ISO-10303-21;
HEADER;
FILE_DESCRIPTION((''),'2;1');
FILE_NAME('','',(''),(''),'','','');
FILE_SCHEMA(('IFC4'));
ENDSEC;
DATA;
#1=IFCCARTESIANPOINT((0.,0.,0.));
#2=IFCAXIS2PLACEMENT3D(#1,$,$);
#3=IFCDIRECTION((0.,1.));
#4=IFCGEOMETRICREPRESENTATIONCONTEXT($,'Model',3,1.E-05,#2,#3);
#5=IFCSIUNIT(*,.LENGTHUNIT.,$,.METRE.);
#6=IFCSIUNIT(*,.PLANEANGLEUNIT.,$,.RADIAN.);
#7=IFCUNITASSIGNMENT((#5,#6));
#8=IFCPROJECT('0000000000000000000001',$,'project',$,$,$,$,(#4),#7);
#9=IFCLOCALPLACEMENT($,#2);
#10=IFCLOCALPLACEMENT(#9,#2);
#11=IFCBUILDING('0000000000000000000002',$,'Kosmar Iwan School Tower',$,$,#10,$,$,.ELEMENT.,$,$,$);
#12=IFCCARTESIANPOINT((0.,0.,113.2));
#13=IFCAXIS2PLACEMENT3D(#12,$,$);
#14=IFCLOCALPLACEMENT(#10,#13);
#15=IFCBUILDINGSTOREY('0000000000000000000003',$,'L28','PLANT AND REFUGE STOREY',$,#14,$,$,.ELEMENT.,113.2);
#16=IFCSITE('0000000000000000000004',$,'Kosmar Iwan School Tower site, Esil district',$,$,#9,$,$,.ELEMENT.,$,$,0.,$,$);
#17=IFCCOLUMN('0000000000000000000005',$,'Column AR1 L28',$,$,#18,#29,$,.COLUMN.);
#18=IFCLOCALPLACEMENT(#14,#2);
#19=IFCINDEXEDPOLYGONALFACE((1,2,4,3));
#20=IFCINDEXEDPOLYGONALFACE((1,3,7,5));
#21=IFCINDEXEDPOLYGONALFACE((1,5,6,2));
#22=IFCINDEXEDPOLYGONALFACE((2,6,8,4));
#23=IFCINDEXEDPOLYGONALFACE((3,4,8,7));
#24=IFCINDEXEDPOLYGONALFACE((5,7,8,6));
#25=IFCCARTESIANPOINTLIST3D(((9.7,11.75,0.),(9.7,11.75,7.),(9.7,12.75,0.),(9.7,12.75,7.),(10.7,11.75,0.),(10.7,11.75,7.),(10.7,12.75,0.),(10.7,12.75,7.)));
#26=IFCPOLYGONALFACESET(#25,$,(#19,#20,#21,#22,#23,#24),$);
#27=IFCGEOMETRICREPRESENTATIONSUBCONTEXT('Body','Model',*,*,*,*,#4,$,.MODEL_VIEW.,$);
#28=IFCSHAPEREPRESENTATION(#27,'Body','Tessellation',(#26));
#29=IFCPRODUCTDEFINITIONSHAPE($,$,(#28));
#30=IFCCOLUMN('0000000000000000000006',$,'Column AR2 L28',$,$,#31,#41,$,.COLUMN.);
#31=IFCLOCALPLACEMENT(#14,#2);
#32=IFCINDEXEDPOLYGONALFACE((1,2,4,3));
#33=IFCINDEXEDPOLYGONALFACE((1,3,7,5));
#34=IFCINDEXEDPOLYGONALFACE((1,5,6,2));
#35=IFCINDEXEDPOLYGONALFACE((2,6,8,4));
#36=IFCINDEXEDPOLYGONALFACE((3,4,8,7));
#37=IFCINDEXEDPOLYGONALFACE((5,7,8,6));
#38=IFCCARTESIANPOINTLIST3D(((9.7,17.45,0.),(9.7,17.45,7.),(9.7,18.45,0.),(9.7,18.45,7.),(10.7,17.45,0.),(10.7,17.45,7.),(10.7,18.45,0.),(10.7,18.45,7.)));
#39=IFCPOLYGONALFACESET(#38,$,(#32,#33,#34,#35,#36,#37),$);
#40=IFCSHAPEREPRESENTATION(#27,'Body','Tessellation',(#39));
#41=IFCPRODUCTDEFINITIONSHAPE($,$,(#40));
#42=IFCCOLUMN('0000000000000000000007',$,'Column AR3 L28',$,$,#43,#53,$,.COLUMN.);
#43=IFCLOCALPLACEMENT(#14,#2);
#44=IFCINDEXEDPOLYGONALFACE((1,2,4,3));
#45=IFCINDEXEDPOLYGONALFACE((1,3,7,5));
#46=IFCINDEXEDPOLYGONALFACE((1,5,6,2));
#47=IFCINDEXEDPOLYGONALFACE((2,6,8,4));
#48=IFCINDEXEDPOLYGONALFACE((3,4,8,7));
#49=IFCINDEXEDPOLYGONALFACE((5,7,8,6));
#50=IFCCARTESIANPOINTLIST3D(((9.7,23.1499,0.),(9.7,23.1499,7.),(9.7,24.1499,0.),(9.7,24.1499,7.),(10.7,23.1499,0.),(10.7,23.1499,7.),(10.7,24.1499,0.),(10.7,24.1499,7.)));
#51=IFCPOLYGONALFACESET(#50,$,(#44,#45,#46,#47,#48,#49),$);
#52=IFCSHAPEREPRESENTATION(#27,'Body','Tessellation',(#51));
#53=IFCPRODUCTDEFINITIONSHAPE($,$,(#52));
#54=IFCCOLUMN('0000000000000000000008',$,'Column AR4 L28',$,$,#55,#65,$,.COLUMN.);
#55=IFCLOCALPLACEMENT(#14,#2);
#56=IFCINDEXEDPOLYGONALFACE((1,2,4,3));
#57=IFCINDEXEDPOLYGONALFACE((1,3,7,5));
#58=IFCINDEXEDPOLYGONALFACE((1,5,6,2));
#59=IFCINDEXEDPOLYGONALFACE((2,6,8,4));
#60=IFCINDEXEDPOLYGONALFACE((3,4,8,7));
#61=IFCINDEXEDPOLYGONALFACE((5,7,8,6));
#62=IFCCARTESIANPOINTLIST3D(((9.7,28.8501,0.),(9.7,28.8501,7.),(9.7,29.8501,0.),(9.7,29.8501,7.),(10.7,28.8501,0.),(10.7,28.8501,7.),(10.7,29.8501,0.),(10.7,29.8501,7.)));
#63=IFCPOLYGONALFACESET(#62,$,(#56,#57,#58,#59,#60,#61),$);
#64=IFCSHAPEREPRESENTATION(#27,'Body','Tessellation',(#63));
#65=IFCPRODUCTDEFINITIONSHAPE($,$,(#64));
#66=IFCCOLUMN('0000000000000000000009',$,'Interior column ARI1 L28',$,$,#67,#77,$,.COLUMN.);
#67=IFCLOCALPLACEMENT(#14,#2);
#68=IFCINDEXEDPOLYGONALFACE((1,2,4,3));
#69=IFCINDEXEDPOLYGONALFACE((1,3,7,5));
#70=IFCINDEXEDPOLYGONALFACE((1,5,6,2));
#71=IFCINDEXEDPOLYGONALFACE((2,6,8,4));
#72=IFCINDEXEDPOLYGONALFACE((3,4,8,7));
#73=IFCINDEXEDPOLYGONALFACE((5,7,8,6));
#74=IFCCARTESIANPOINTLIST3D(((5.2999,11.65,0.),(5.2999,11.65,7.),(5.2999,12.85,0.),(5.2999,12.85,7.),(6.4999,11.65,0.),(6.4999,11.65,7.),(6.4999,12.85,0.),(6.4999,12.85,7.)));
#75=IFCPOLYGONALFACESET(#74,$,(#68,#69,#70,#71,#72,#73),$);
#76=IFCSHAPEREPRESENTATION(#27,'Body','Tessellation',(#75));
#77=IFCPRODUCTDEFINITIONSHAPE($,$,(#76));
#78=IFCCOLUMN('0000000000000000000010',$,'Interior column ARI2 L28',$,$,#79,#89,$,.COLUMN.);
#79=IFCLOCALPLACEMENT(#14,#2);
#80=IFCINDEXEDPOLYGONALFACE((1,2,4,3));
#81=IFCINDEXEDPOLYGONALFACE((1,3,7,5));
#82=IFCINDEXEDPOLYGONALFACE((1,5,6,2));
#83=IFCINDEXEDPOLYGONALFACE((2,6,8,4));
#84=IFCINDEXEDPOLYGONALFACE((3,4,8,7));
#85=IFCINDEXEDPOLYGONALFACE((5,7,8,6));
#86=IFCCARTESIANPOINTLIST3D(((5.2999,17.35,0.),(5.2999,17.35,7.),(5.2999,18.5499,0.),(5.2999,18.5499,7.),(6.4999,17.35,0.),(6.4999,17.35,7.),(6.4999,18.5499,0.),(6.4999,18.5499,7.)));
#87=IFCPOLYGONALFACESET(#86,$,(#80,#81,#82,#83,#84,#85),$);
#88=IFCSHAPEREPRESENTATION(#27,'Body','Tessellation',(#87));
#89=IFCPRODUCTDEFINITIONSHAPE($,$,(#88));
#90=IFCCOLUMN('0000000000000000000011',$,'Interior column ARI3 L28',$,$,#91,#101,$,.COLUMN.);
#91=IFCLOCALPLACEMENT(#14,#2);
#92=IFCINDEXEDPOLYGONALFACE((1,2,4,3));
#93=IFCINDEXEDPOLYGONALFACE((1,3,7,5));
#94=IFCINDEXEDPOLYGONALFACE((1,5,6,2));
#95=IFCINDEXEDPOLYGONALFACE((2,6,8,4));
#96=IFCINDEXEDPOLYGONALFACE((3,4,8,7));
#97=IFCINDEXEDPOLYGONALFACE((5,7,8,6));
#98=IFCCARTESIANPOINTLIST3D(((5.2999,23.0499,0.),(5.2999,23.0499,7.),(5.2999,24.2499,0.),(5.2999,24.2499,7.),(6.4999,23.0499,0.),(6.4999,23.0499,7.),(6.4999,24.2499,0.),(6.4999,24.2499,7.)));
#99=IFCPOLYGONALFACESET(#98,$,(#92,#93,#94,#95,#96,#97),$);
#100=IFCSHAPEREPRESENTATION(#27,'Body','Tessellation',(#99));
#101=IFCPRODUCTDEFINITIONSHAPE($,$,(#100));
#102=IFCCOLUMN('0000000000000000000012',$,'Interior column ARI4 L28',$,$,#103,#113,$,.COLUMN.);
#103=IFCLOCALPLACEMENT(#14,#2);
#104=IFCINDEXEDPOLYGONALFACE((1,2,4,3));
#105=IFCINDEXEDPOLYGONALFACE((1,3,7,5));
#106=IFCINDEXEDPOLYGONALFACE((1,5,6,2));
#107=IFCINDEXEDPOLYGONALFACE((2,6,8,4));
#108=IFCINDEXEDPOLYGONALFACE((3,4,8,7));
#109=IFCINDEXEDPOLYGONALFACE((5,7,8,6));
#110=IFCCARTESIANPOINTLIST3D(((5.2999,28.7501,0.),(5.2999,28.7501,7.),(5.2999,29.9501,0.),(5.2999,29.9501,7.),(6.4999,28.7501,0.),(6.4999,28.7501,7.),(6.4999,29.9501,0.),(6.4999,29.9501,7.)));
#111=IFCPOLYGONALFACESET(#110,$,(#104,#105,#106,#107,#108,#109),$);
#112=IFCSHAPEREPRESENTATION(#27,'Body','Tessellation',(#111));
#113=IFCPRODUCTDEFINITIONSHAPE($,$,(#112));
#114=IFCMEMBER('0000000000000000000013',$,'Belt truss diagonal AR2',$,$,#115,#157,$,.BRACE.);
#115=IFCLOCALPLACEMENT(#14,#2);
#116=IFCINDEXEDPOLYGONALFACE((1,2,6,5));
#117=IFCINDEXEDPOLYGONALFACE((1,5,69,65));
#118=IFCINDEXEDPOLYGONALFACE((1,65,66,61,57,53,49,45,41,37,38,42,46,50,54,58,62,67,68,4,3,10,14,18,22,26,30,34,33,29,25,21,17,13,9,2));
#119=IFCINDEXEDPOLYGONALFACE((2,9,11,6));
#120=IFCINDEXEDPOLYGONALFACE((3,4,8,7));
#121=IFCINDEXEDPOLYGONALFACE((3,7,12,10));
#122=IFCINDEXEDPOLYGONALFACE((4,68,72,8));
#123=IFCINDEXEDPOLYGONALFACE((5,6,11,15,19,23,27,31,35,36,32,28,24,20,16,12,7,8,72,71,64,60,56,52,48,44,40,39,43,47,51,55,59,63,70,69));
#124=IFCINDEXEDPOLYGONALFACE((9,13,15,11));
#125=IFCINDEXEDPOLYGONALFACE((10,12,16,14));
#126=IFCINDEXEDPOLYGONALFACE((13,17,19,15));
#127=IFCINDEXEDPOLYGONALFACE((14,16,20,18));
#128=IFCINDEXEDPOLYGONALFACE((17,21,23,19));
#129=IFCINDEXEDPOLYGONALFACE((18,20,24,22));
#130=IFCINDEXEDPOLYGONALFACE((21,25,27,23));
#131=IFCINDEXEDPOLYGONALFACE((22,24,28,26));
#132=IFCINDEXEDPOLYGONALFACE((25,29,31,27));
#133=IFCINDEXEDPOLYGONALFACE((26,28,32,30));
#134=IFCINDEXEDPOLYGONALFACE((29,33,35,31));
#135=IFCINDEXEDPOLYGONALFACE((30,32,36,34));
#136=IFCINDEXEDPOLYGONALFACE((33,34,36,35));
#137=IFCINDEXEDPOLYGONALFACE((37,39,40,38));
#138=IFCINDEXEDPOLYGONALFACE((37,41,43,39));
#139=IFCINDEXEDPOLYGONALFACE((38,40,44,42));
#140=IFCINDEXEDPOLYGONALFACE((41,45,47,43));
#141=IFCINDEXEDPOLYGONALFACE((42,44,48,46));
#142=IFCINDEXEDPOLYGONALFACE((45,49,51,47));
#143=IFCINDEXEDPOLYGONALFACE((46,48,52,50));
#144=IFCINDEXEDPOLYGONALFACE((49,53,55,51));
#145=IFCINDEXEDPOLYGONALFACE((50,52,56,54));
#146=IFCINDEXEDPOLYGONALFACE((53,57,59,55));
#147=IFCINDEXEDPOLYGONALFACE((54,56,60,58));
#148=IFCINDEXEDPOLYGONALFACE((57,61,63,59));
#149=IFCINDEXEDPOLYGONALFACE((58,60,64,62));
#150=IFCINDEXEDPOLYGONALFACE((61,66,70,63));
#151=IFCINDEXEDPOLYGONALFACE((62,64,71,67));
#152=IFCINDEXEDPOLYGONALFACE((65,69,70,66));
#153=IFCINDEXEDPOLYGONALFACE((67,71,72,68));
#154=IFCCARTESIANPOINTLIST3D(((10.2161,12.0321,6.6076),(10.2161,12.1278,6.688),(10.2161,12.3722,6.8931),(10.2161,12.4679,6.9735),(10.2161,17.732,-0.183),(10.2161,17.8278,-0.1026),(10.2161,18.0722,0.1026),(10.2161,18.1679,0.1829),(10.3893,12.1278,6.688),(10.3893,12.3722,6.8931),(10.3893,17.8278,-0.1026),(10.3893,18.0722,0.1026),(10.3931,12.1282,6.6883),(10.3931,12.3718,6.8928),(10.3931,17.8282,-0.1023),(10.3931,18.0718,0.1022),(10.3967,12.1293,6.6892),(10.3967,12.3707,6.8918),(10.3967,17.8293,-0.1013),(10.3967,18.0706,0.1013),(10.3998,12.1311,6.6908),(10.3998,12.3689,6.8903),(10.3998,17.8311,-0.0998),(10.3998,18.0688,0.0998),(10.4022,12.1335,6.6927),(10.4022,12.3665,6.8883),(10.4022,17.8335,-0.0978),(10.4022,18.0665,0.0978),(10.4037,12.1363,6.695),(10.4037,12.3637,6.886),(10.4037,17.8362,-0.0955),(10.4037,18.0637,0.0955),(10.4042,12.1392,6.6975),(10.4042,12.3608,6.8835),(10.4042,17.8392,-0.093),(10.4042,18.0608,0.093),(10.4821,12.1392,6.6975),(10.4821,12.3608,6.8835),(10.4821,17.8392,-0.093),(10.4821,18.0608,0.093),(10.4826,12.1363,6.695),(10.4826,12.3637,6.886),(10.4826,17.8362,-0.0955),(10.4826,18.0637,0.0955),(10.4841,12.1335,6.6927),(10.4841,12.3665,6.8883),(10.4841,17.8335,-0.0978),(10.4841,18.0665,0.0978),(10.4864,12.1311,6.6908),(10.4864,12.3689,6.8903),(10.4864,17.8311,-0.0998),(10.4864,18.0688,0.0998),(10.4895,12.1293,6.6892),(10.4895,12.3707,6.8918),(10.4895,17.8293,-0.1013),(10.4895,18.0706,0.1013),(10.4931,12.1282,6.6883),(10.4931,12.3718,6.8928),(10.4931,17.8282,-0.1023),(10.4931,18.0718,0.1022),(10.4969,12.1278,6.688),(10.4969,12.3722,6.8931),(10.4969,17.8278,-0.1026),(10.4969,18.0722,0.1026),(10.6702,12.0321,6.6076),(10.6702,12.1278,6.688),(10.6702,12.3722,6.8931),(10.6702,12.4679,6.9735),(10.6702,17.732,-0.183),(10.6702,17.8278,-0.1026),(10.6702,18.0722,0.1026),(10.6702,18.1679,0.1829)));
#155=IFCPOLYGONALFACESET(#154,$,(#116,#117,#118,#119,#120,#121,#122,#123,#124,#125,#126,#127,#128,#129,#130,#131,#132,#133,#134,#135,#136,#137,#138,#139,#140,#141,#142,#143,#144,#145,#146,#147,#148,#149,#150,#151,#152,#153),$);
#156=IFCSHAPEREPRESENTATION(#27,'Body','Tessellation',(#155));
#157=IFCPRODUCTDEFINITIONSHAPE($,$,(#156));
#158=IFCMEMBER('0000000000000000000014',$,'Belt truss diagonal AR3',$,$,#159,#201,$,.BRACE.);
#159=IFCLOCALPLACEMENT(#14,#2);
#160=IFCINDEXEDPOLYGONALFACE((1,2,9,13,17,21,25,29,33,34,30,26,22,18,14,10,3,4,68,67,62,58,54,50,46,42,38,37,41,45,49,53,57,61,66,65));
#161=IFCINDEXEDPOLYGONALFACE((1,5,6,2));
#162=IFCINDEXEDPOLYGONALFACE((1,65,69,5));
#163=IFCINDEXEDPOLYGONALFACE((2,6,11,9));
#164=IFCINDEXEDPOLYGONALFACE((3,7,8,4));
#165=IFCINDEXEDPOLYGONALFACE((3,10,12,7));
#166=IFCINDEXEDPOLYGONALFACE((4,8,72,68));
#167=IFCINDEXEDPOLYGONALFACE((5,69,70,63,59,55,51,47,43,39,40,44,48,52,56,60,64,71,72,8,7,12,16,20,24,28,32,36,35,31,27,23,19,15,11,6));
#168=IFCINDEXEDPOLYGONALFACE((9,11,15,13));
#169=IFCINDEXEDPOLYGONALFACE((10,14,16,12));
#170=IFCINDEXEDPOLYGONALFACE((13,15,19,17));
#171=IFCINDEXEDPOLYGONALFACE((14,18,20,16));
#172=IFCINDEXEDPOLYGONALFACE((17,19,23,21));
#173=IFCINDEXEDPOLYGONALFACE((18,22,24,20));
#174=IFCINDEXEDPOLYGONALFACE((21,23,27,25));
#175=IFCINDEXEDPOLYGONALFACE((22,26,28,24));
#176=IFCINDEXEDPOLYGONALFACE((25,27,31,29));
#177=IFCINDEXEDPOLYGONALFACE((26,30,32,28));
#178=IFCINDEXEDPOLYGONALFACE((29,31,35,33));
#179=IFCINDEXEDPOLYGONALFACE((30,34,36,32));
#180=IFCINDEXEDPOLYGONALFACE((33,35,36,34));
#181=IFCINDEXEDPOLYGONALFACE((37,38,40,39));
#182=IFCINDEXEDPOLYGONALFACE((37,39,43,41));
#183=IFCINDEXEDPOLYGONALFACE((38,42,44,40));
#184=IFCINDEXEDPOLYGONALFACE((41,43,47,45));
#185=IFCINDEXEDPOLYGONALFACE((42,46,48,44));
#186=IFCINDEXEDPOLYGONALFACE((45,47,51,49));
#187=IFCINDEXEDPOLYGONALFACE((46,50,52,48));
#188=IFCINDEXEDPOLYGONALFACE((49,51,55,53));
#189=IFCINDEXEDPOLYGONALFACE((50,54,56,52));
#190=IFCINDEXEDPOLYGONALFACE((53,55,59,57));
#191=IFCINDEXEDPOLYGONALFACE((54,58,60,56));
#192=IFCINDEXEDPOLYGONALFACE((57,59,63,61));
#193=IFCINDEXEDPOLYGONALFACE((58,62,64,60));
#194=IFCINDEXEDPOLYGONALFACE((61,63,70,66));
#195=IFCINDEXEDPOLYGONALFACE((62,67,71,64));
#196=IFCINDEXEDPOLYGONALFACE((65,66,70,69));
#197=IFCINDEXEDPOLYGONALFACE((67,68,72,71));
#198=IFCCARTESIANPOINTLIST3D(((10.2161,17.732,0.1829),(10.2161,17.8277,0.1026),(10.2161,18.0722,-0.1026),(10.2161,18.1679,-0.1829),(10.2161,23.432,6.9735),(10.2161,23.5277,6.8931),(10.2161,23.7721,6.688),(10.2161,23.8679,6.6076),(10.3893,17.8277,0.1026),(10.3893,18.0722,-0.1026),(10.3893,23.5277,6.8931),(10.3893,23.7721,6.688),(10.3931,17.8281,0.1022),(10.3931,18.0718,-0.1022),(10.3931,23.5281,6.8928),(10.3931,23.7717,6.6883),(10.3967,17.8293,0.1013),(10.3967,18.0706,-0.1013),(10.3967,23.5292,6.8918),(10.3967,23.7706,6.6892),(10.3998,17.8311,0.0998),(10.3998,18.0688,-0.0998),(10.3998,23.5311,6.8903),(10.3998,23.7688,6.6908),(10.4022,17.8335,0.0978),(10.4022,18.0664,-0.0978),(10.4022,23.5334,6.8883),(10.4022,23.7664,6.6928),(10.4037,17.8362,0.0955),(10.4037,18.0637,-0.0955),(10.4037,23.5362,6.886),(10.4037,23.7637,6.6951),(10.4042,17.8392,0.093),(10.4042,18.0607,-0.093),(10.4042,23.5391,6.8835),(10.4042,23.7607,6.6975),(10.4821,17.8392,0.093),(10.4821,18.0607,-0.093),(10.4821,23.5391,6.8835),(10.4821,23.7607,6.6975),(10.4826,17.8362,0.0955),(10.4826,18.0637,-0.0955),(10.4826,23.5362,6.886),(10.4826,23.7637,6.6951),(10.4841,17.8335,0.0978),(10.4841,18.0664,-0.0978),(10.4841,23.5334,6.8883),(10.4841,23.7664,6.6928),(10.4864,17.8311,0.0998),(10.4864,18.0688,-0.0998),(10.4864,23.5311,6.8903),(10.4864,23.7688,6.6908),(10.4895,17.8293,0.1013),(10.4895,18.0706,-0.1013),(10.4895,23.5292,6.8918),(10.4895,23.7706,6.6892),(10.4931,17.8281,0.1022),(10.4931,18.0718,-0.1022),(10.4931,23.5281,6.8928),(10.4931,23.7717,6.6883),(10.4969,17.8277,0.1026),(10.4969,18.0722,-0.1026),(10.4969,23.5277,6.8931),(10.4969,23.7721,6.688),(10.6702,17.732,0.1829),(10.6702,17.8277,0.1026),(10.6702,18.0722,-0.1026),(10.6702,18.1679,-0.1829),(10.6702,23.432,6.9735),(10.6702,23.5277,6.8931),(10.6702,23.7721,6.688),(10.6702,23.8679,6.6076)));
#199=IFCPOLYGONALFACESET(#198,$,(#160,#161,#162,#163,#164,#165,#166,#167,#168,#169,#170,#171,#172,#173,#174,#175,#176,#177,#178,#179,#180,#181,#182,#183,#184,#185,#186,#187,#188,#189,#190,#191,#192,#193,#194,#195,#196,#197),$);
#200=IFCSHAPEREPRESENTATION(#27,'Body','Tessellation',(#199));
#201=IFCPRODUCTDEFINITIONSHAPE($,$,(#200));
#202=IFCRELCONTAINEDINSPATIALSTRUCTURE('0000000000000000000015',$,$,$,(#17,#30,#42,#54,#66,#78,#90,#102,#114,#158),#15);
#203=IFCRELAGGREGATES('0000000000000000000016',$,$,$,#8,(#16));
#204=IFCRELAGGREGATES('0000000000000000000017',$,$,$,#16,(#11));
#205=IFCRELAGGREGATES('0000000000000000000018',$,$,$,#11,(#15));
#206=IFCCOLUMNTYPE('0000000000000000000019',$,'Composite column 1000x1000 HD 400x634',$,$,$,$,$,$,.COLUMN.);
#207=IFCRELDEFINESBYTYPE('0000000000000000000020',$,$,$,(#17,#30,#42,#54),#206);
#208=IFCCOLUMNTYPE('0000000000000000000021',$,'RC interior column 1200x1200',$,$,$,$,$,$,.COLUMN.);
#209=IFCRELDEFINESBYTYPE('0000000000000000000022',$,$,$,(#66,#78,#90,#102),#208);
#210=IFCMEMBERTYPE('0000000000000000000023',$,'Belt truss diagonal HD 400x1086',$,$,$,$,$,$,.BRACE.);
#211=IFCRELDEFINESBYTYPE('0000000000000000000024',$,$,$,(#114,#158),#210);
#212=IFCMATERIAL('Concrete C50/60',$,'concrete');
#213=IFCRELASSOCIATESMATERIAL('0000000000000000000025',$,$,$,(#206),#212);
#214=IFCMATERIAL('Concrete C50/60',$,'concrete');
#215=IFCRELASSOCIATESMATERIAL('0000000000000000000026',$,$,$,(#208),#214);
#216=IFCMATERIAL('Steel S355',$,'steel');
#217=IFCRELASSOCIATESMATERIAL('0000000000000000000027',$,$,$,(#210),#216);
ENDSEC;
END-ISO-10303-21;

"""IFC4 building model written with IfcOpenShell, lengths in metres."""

from ifc_helpers import new_model, si_unit, direction, frame, origin, origin_2d, place, context, subcontext, project, spatial, rectangle, i_section, extrude, material, material_profile, profile_set, type_object, element, save


model = new_model("IFC4")

# Units and contexts
model_context = context("Model", 3, precision=1e-05, world=origin(), true_north=direction((0.0, 1.0)))
body_context = subcontext(model_context, "Body", "Model", "MODEL_VIEW")
ifc_project = project(units=[si_unit("LENGTHUNIT", "METRE"), si_unit("PLANEANGLEUNIT", "RADIAN")], contexts=[model_context])

# Site, building, storey
site_placement = place(None, origin())
site = spatial("IfcSite", under=ifc_project, at=site_placement, Name="Kosmar Iwan School Tower site, Esil district", CompositionType="ELEMENT", RefElevation=0.0)
building_placement = place(site_placement, origin())
building = spatial("IfcBuilding", under=site, at=building_placement, Name="Kosmar Iwan School Tower", CompositionType="ELEMENT")
storey_placement = place(building_placement, frame((0.0, 0.0, 113.2)))
storey = spatial("IfcBuildingStorey", under=building, at=storey_placement, Name="L28", Description="PLANT AND REFUGE STOREY", CompositionType="ELEMENT", Elevation=113.2)

# Columns
ifc_material_1 = material(Name="Concrete C50/60", Category="concrete")
ifc_material_profile_1 = material_profile(ifc_material_1, rectangle(XDim=1.0, YDim=1.0, at=origin_2d()), Name="RC 1000x1000 + HD 400x634")
ifc_profile_set_1 = profile_set([ifc_material_profile_1], Name="Concrete C50/60")
column_type_1 = type_object("IfcColumnType", Name="Composite column 1000x1000 HD 400x634", PredefinedType="COLUMN", material=ifc_profile_set_1)
for number, where, z_axis, x_axis, name in (
    (1, (10.2, 12.25, 0.0), (0.0, 0.0, 1.0), (0.0, 1.0, 0.0), "Column AR1 L28"),
    (2, (10.2, 17.95, 0.0), (0.0, 0.0, 1.0), (0.0, 1.0, 0.0), "Column AR2 L28"),
    (3, (10.2, 23.6499, 0.0), (0.0, 0.0, 1.0), (0.0, 1.0, 0.0), "Column AR3 L28"),
    (4, (10.2, 29.3501, 0.0), (0.0, 0.0, 1.0), (0.0, 1.0, 0.0), "Column AR4 L28"),
):
    element("IfcColumn", number, at=place(storey_placement, frame(where, z_axis=z_axis, x_axis=x_axis)), inside=storey, type_object=column_type_1, Name=name, PredefinedType="COLUMN", context=body_context, shape_type="SweptSolid", body=[
        extrude(rectangle(XDim=1.0, YDim=1.0, at=origin_2d()), origin(), (0.0, 0.0, 1.0), 7.0),
    ])
ifc_material_2 = material(Name="Concrete C50/60", Category="concrete")
ifc_material_profile_2 = material_profile(ifc_material_2, rectangle(XDim=1.2, YDim=1.2, at=origin_2d()), Name="RC 1200x1200")
ifc_profile_set_2 = profile_set([ifc_material_profile_2], Name="Concrete C50/60")
column_type_2 = type_object("IfcColumnType", Name="RC interior column 1200x1200", PredefinedType="COLUMN", material=ifc_profile_set_2)
for number, where, z_axis, x_axis, name in (
    (5, (5.8999, 12.25, 0.0), (0.0, 0.0, 1.0), (0.0, 1.0, 0.0), "Interior column ARI1 L28"),
    (6, (5.8999, 17.95, 0.0), (0.0, 0.0, 1.0), (0.0, 1.0, 0.0), "Interior column ARI2 L28"),
    (7, (5.8999, 23.6499, 0.0), (0.0, 0.0, 1.0), (0.0, 1.0, 0.0), "Interior column ARI3 L28"),
    (8, (5.8999, 29.3501, 0.0), (0.0, 0.0, 1.0), (0.0, 1.0, 0.0), "Interior column ARI4 L28"),
):
    element("IfcColumn", number, at=place(storey_placement, frame(where, z_axis=z_axis, x_axis=x_axis)), inside=storey, type_object=column_type_2, Name=name, PredefinedType="COLUMN", context=body_context, shape_type="SweptSolid", body=[
        extrude(rectangle(XDim=1.2, YDim=1.2, at=origin_2d()), origin(), (0.0, 0.0, 1.0), 7.0),
    ])

# Members
ifc_material_3 = material(Name="Steel S355", Category="steel")
ifc_material_profile_3 = material_profile(ifc_material_3, i_section(OverallWidth=0.4541, OverallDepth=0.5691, WebThickness=0.0779, FlangeThickness=0.125, FilletRadius=0.0149, at=origin_2d()), Name="HD 400x1086")
ifc_profile_set_3 = profile_set([ifc_material_profile_3], Name="Steel S355")
member_type_1 = type_object("IfcMemberType", Name="Belt truss diagonal HD 400x1086", PredefinedType="BRACE", material=ifc_profile_set_3)
for number, where, z_axis, x_axis, name in (
    (9, (10.4431, 12.25, 6.7905), (0.0, 0.642921, -0.765932), (-1.0, 0.0, 0.0), "Belt truss diagonal AR2"),
    (10, (10.4431, 17.95, 0.0), (0.0, 0.642921, 0.765932), (-1.0, 0.0, 0.0), "Belt truss diagonal AR3"),
):
    element("IfcMember", number, at=place(storey_placement, frame(where, z_axis=z_axis, x_axis=x_axis)), inside=storey, type_object=member_type_1, Name=name, PredefinedType="BRACE", context=body_context, shape_type="SweptSolid", body=[
        extrude(i_section(OverallWidth=0.4541, OverallDepth=0.5691, WebThickness=0.0779, FlangeThickness=0.125, FilletRadius=0.0149, at=origin_2d()), origin(), (0.0, 0.0, 1.0), 8.8657),
    ])

save(model, "model.ifc")
